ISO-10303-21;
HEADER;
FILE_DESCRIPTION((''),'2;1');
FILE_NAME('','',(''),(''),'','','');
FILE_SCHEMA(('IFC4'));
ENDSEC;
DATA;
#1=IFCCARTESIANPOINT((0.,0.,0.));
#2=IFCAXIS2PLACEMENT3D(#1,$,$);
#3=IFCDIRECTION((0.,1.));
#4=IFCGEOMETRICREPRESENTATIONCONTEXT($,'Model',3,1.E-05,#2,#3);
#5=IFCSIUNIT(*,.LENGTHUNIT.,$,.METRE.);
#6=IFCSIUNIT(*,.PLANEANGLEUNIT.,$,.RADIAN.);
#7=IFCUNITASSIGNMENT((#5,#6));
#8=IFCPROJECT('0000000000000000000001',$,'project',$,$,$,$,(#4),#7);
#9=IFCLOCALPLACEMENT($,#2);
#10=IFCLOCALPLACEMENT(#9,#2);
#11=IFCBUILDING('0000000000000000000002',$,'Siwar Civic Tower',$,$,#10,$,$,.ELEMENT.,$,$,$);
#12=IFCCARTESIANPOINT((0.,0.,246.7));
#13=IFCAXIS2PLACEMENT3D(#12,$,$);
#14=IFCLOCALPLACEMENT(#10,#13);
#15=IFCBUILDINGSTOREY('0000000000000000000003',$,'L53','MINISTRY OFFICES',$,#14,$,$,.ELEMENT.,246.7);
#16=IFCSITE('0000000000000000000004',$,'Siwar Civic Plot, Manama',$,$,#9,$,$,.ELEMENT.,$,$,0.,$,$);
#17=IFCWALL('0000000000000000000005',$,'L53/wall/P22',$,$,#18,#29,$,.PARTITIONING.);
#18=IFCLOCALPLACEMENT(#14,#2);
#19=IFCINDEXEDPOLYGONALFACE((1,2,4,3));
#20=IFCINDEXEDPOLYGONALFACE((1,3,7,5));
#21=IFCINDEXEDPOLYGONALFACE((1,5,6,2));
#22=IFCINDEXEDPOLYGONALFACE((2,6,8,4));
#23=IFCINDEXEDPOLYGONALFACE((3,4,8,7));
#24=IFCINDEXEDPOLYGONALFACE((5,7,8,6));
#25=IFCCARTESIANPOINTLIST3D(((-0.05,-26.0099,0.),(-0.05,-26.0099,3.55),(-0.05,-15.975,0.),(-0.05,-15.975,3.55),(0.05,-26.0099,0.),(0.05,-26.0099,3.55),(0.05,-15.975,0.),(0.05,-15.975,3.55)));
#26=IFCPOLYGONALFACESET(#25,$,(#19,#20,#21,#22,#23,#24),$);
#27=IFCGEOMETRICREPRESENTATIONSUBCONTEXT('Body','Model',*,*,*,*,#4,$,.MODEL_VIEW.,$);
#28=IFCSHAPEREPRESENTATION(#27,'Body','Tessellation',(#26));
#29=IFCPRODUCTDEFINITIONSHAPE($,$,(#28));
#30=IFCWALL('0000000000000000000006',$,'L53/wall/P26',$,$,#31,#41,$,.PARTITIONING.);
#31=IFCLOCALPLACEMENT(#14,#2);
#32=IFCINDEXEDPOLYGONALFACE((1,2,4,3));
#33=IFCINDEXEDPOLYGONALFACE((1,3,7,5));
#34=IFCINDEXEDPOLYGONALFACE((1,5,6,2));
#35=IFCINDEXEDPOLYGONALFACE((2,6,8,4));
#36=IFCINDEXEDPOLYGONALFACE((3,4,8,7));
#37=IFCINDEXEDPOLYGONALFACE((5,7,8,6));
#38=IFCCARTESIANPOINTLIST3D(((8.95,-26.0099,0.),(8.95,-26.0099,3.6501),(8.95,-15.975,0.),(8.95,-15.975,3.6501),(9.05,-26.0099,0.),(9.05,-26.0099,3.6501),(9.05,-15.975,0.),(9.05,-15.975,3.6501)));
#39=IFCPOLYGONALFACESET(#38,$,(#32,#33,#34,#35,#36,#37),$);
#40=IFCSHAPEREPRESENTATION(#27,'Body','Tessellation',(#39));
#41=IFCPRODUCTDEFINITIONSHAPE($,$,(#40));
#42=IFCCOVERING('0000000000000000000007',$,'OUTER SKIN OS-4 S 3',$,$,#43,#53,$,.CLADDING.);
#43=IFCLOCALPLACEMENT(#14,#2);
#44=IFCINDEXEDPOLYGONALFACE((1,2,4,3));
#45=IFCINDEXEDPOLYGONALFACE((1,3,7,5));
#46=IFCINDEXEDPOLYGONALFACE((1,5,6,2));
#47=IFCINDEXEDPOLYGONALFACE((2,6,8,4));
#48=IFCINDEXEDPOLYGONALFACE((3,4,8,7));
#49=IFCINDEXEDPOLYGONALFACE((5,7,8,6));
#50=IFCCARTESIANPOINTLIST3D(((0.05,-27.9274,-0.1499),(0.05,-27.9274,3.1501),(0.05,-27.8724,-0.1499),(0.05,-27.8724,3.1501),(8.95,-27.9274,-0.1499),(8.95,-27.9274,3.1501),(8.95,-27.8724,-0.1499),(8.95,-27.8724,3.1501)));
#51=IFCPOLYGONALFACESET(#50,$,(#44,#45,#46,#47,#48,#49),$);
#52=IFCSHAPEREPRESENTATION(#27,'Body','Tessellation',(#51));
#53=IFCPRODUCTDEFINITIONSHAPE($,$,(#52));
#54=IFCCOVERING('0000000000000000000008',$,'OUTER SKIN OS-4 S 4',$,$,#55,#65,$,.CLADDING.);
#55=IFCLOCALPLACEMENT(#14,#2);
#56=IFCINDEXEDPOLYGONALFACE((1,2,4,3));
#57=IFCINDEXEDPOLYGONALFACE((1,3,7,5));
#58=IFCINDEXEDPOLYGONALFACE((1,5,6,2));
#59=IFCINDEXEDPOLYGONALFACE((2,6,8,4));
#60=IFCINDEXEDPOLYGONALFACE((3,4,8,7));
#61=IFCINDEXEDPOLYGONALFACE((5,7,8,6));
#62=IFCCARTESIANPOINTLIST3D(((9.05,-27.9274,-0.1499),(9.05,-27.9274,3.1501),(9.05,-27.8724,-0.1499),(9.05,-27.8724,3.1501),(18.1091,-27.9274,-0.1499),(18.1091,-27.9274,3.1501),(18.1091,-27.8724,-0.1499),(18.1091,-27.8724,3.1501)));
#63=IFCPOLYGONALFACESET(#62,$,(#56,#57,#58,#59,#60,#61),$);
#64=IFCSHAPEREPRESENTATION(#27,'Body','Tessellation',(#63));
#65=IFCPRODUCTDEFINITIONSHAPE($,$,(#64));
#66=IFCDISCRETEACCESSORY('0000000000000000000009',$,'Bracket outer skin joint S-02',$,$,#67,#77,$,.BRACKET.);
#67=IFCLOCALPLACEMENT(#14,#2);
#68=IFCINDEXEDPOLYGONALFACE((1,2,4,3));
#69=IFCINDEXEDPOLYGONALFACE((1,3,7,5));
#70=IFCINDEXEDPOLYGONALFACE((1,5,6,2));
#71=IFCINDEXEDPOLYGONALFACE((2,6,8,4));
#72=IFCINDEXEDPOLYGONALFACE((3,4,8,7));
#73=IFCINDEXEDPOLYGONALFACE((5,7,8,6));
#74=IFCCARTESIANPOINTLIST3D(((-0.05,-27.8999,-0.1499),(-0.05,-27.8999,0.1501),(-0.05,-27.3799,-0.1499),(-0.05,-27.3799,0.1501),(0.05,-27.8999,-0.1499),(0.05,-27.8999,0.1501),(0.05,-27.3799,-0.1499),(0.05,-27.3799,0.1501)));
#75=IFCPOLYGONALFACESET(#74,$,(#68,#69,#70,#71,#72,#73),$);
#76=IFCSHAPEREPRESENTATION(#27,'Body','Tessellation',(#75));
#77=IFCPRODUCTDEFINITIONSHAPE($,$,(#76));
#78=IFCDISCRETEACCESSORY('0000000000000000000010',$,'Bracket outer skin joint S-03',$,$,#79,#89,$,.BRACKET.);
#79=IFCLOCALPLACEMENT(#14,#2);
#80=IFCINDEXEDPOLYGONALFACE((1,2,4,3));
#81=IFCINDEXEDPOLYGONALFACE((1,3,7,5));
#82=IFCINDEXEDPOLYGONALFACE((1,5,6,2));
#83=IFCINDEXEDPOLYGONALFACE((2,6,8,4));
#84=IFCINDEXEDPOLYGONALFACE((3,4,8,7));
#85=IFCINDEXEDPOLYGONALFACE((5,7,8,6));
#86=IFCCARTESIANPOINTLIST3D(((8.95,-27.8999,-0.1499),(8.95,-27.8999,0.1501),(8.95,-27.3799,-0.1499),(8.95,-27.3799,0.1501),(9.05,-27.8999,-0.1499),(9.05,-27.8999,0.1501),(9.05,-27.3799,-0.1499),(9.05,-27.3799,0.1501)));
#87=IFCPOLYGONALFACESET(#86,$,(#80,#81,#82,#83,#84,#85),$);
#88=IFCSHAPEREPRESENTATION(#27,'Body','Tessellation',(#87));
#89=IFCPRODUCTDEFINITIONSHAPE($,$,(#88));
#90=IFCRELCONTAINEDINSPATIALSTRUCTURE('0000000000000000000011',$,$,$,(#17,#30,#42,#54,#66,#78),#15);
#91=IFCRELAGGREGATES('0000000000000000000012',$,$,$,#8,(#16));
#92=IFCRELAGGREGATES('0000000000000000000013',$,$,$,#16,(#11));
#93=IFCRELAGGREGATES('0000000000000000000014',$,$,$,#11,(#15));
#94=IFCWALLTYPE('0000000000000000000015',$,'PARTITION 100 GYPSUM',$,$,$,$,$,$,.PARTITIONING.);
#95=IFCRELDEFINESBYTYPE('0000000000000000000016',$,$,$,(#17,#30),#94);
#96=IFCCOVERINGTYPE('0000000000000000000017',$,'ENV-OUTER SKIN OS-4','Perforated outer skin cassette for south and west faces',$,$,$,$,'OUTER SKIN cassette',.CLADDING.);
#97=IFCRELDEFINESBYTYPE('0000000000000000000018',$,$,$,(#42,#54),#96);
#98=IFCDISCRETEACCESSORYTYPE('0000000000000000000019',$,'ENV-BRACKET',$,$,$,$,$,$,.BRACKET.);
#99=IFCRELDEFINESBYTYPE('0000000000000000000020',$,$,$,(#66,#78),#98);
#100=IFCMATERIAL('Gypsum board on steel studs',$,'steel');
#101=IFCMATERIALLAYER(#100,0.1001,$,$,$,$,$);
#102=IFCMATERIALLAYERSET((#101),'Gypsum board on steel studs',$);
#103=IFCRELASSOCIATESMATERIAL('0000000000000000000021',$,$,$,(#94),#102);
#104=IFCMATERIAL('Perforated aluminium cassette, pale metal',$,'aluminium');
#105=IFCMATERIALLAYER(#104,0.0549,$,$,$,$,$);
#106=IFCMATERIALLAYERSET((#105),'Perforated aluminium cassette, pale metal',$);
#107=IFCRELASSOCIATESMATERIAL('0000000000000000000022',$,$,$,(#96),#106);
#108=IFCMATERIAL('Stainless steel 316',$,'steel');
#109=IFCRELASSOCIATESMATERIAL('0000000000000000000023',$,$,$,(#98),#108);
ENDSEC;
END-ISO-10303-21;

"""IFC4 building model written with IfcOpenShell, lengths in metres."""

from ifc_helpers import new_model, si_unit, direction, frame, frame_2d, origin, origin_2d, place, context, subcontext, project, spatial, rectangle, extrude, material, layer, layer_set, type_object, element, save


model = new_model("IFC4")

# Units and contexts
model_context = context("Model", 3, precision=1e-05, world=origin(), true_north=direction((0.0, 1.0)))
body_context = subcontext(model_context, "Body", "Model", "MODEL_VIEW")
ifc_project = project(units=[si_unit("LENGTHUNIT", "METRE"), si_unit("PLANEANGLEUNIT", "RADIAN")], contexts=[model_context])

# Site, building, storey
site_placement = place(None, origin())
site = spatial("IfcSite", under=ifc_project, at=site_placement, Name="Siwar Civic Plot, Manama", CompositionType="ELEMENT", RefElevation=0.0)
building_placement = place(site_placement, origin())
building = spatial("IfcBuilding", under=site, at=building_placement, Name="Siwar Civic Tower", CompositionType="ELEMENT")
storey_placement = place(building_placement, frame((0.0, 0.0, 246.7)))
storey = spatial("IfcBuildingStorey", under=building, at=storey_placement, Name="L53", Description="MINISTRY OFFICES", CompositionType="ELEMENT", Elevation=246.7)

# Shared definitions
ifc_material_1 = material(Name="Gypsum board on steel studs", Category="steel")
ifc_layer_1 = layer(ifc_material_1, 0.1001)
ifc_layer_set_1 = layer_set([ifc_layer_1], Name="Gypsum board on steel studs")
wall_type_1 = type_object("IfcWallType", Name="PARTITION 100 GYPSUM", PredefinedType="PARTITIONING", material=ifc_layer_set_1)

# Walls
wall_1_placement = place(storey_placement, frame((0.0, -26.01, 0.0), z_axis=(0.0, 0.0, 1.0), x_axis=(0.0, 1.0, 0.0)))
element("IfcWall", 1, at=wall_1_placement, inside=storey, type_object=wall_type_1, Name="L53/wall/P22", PredefinedType="PARTITIONING", context=body_context, shape_type="SweptSolid", body=[
    extrude(rectangle(XDim=10.0349, YDim=0.1001, at=frame_2d((5.0176, 0.0))), origin(), (0.0, 0.0, 1.0), 3.55),
])
wall_2_placement = place(storey_placement, frame((9.0, -26.01, 0.0), z_axis=(0.0, 0.0, 1.0), x_axis=(0.0, 1.0, 0.0)))
element("IfcWall", 2, at=wall_2_placement, inside=storey, type_object=wall_type_1, Name="L53/wall/P26", PredefinedType="PARTITIONING", context=body_context, shape_type="SweptSolid", body=[
    extrude(rectangle(XDim=10.0349, YDim=0.1001, at=frame_2d((5.0176, 0.0))), origin(), (0.0, 0.0, 1.0), 3.6501),
])

# Coverings
ifc_material_2 = material(Name="Perforated aluminium cassette, pale metal", Category="aluminium")
ifc_layer_2 = layer(ifc_material_2, 0.0549)
ifc_layer_set_2 = layer_set([ifc_layer_2], Name="Perforated aluminium cassette, pale metal")
covering_type = type_object("IfcCoveringType", Name="ENV-OUTER SKIN OS-4", Description="Perforated outer skin cassette for south and west faces", ElementType="OUTER SKIN cassette", PredefinedType="CLADDING", material=ifc_layer_set_2)
covering_1_placement = place(storey_placement, frame((4.5, -27.8999, -0.1499), z_axis=(0.0, 0.0, 1.0), x_axis=(1.0, 0.0, 0.0)))
element("IfcCovering", 3, at=covering_1_placement, inside=storey, type_object=covering_type, Name="OUTER SKIN OS-4 S 3", PredefinedType="CLADDING", context=body_context, shape_type="SweptSolid", body=[
    extrude(rectangle(XDim=8.8999, YDim=0.0549, at=origin_2d()), origin(), (0.0, 0.0, 1.0), 3.3),
])
covering_2_placement = place(storey_placement, frame((13.5796, -27.8999, -0.1499), z_axis=(0.0, 0.0, 1.0), x_axis=(1.0, 0.0, 0.0)))
element("IfcCovering", 4, at=covering_2_placement, inside=storey, type_object=covering_type, Name="OUTER SKIN OS-4 S 4", PredefinedType="CLADDING", context=body_context, shape_type="SweptSolid", body=[
    extrude(rectangle(XDim=9.0591, YDim=0.0549, at=origin_2d()), origin(), (0.0, 0.0, 1.0), 3.3),
])

# Discrete accessories
ifc_material_3 = material(Name="Stainless steel 316", Category="steel")
discrete_accessory_type = type_object("IfcDiscreteAccessoryType", Name="ENV-BRACKET", PredefinedType="BRACKET", material=ifc_material_3)
for number, where, z_axis, x_axis, name in (
    (5, (0.0, -27.6399, -0.1499), (0.0, 0.0, 1.0), (0.0, -1.0, 0.0), "Bracket outer skin joint S-02"),
    (6, (9.0, -27.6399, -0.1499), (0.0, 0.0, 1.0), (0.0, -1.0, 0.0), "Bracket outer skin joint S-03"),
):
    element("IfcDiscreteAccessory", number, at=place(storey_placement, frame(where, z_axis=z_axis, x_axis=x_axis)), inside=storey, type_object=discrete_accessory_type, Name=name, PredefinedType="BRACKET", context=body_context, shape_type="SweptSolid", body=[
        extrude(rectangle(XDim=0.52, YDim=0.1001, at=origin_2d()), origin(), (0.0, 0.0, 1.0), 0.3),
    ])

save(model, "model.ifc")
